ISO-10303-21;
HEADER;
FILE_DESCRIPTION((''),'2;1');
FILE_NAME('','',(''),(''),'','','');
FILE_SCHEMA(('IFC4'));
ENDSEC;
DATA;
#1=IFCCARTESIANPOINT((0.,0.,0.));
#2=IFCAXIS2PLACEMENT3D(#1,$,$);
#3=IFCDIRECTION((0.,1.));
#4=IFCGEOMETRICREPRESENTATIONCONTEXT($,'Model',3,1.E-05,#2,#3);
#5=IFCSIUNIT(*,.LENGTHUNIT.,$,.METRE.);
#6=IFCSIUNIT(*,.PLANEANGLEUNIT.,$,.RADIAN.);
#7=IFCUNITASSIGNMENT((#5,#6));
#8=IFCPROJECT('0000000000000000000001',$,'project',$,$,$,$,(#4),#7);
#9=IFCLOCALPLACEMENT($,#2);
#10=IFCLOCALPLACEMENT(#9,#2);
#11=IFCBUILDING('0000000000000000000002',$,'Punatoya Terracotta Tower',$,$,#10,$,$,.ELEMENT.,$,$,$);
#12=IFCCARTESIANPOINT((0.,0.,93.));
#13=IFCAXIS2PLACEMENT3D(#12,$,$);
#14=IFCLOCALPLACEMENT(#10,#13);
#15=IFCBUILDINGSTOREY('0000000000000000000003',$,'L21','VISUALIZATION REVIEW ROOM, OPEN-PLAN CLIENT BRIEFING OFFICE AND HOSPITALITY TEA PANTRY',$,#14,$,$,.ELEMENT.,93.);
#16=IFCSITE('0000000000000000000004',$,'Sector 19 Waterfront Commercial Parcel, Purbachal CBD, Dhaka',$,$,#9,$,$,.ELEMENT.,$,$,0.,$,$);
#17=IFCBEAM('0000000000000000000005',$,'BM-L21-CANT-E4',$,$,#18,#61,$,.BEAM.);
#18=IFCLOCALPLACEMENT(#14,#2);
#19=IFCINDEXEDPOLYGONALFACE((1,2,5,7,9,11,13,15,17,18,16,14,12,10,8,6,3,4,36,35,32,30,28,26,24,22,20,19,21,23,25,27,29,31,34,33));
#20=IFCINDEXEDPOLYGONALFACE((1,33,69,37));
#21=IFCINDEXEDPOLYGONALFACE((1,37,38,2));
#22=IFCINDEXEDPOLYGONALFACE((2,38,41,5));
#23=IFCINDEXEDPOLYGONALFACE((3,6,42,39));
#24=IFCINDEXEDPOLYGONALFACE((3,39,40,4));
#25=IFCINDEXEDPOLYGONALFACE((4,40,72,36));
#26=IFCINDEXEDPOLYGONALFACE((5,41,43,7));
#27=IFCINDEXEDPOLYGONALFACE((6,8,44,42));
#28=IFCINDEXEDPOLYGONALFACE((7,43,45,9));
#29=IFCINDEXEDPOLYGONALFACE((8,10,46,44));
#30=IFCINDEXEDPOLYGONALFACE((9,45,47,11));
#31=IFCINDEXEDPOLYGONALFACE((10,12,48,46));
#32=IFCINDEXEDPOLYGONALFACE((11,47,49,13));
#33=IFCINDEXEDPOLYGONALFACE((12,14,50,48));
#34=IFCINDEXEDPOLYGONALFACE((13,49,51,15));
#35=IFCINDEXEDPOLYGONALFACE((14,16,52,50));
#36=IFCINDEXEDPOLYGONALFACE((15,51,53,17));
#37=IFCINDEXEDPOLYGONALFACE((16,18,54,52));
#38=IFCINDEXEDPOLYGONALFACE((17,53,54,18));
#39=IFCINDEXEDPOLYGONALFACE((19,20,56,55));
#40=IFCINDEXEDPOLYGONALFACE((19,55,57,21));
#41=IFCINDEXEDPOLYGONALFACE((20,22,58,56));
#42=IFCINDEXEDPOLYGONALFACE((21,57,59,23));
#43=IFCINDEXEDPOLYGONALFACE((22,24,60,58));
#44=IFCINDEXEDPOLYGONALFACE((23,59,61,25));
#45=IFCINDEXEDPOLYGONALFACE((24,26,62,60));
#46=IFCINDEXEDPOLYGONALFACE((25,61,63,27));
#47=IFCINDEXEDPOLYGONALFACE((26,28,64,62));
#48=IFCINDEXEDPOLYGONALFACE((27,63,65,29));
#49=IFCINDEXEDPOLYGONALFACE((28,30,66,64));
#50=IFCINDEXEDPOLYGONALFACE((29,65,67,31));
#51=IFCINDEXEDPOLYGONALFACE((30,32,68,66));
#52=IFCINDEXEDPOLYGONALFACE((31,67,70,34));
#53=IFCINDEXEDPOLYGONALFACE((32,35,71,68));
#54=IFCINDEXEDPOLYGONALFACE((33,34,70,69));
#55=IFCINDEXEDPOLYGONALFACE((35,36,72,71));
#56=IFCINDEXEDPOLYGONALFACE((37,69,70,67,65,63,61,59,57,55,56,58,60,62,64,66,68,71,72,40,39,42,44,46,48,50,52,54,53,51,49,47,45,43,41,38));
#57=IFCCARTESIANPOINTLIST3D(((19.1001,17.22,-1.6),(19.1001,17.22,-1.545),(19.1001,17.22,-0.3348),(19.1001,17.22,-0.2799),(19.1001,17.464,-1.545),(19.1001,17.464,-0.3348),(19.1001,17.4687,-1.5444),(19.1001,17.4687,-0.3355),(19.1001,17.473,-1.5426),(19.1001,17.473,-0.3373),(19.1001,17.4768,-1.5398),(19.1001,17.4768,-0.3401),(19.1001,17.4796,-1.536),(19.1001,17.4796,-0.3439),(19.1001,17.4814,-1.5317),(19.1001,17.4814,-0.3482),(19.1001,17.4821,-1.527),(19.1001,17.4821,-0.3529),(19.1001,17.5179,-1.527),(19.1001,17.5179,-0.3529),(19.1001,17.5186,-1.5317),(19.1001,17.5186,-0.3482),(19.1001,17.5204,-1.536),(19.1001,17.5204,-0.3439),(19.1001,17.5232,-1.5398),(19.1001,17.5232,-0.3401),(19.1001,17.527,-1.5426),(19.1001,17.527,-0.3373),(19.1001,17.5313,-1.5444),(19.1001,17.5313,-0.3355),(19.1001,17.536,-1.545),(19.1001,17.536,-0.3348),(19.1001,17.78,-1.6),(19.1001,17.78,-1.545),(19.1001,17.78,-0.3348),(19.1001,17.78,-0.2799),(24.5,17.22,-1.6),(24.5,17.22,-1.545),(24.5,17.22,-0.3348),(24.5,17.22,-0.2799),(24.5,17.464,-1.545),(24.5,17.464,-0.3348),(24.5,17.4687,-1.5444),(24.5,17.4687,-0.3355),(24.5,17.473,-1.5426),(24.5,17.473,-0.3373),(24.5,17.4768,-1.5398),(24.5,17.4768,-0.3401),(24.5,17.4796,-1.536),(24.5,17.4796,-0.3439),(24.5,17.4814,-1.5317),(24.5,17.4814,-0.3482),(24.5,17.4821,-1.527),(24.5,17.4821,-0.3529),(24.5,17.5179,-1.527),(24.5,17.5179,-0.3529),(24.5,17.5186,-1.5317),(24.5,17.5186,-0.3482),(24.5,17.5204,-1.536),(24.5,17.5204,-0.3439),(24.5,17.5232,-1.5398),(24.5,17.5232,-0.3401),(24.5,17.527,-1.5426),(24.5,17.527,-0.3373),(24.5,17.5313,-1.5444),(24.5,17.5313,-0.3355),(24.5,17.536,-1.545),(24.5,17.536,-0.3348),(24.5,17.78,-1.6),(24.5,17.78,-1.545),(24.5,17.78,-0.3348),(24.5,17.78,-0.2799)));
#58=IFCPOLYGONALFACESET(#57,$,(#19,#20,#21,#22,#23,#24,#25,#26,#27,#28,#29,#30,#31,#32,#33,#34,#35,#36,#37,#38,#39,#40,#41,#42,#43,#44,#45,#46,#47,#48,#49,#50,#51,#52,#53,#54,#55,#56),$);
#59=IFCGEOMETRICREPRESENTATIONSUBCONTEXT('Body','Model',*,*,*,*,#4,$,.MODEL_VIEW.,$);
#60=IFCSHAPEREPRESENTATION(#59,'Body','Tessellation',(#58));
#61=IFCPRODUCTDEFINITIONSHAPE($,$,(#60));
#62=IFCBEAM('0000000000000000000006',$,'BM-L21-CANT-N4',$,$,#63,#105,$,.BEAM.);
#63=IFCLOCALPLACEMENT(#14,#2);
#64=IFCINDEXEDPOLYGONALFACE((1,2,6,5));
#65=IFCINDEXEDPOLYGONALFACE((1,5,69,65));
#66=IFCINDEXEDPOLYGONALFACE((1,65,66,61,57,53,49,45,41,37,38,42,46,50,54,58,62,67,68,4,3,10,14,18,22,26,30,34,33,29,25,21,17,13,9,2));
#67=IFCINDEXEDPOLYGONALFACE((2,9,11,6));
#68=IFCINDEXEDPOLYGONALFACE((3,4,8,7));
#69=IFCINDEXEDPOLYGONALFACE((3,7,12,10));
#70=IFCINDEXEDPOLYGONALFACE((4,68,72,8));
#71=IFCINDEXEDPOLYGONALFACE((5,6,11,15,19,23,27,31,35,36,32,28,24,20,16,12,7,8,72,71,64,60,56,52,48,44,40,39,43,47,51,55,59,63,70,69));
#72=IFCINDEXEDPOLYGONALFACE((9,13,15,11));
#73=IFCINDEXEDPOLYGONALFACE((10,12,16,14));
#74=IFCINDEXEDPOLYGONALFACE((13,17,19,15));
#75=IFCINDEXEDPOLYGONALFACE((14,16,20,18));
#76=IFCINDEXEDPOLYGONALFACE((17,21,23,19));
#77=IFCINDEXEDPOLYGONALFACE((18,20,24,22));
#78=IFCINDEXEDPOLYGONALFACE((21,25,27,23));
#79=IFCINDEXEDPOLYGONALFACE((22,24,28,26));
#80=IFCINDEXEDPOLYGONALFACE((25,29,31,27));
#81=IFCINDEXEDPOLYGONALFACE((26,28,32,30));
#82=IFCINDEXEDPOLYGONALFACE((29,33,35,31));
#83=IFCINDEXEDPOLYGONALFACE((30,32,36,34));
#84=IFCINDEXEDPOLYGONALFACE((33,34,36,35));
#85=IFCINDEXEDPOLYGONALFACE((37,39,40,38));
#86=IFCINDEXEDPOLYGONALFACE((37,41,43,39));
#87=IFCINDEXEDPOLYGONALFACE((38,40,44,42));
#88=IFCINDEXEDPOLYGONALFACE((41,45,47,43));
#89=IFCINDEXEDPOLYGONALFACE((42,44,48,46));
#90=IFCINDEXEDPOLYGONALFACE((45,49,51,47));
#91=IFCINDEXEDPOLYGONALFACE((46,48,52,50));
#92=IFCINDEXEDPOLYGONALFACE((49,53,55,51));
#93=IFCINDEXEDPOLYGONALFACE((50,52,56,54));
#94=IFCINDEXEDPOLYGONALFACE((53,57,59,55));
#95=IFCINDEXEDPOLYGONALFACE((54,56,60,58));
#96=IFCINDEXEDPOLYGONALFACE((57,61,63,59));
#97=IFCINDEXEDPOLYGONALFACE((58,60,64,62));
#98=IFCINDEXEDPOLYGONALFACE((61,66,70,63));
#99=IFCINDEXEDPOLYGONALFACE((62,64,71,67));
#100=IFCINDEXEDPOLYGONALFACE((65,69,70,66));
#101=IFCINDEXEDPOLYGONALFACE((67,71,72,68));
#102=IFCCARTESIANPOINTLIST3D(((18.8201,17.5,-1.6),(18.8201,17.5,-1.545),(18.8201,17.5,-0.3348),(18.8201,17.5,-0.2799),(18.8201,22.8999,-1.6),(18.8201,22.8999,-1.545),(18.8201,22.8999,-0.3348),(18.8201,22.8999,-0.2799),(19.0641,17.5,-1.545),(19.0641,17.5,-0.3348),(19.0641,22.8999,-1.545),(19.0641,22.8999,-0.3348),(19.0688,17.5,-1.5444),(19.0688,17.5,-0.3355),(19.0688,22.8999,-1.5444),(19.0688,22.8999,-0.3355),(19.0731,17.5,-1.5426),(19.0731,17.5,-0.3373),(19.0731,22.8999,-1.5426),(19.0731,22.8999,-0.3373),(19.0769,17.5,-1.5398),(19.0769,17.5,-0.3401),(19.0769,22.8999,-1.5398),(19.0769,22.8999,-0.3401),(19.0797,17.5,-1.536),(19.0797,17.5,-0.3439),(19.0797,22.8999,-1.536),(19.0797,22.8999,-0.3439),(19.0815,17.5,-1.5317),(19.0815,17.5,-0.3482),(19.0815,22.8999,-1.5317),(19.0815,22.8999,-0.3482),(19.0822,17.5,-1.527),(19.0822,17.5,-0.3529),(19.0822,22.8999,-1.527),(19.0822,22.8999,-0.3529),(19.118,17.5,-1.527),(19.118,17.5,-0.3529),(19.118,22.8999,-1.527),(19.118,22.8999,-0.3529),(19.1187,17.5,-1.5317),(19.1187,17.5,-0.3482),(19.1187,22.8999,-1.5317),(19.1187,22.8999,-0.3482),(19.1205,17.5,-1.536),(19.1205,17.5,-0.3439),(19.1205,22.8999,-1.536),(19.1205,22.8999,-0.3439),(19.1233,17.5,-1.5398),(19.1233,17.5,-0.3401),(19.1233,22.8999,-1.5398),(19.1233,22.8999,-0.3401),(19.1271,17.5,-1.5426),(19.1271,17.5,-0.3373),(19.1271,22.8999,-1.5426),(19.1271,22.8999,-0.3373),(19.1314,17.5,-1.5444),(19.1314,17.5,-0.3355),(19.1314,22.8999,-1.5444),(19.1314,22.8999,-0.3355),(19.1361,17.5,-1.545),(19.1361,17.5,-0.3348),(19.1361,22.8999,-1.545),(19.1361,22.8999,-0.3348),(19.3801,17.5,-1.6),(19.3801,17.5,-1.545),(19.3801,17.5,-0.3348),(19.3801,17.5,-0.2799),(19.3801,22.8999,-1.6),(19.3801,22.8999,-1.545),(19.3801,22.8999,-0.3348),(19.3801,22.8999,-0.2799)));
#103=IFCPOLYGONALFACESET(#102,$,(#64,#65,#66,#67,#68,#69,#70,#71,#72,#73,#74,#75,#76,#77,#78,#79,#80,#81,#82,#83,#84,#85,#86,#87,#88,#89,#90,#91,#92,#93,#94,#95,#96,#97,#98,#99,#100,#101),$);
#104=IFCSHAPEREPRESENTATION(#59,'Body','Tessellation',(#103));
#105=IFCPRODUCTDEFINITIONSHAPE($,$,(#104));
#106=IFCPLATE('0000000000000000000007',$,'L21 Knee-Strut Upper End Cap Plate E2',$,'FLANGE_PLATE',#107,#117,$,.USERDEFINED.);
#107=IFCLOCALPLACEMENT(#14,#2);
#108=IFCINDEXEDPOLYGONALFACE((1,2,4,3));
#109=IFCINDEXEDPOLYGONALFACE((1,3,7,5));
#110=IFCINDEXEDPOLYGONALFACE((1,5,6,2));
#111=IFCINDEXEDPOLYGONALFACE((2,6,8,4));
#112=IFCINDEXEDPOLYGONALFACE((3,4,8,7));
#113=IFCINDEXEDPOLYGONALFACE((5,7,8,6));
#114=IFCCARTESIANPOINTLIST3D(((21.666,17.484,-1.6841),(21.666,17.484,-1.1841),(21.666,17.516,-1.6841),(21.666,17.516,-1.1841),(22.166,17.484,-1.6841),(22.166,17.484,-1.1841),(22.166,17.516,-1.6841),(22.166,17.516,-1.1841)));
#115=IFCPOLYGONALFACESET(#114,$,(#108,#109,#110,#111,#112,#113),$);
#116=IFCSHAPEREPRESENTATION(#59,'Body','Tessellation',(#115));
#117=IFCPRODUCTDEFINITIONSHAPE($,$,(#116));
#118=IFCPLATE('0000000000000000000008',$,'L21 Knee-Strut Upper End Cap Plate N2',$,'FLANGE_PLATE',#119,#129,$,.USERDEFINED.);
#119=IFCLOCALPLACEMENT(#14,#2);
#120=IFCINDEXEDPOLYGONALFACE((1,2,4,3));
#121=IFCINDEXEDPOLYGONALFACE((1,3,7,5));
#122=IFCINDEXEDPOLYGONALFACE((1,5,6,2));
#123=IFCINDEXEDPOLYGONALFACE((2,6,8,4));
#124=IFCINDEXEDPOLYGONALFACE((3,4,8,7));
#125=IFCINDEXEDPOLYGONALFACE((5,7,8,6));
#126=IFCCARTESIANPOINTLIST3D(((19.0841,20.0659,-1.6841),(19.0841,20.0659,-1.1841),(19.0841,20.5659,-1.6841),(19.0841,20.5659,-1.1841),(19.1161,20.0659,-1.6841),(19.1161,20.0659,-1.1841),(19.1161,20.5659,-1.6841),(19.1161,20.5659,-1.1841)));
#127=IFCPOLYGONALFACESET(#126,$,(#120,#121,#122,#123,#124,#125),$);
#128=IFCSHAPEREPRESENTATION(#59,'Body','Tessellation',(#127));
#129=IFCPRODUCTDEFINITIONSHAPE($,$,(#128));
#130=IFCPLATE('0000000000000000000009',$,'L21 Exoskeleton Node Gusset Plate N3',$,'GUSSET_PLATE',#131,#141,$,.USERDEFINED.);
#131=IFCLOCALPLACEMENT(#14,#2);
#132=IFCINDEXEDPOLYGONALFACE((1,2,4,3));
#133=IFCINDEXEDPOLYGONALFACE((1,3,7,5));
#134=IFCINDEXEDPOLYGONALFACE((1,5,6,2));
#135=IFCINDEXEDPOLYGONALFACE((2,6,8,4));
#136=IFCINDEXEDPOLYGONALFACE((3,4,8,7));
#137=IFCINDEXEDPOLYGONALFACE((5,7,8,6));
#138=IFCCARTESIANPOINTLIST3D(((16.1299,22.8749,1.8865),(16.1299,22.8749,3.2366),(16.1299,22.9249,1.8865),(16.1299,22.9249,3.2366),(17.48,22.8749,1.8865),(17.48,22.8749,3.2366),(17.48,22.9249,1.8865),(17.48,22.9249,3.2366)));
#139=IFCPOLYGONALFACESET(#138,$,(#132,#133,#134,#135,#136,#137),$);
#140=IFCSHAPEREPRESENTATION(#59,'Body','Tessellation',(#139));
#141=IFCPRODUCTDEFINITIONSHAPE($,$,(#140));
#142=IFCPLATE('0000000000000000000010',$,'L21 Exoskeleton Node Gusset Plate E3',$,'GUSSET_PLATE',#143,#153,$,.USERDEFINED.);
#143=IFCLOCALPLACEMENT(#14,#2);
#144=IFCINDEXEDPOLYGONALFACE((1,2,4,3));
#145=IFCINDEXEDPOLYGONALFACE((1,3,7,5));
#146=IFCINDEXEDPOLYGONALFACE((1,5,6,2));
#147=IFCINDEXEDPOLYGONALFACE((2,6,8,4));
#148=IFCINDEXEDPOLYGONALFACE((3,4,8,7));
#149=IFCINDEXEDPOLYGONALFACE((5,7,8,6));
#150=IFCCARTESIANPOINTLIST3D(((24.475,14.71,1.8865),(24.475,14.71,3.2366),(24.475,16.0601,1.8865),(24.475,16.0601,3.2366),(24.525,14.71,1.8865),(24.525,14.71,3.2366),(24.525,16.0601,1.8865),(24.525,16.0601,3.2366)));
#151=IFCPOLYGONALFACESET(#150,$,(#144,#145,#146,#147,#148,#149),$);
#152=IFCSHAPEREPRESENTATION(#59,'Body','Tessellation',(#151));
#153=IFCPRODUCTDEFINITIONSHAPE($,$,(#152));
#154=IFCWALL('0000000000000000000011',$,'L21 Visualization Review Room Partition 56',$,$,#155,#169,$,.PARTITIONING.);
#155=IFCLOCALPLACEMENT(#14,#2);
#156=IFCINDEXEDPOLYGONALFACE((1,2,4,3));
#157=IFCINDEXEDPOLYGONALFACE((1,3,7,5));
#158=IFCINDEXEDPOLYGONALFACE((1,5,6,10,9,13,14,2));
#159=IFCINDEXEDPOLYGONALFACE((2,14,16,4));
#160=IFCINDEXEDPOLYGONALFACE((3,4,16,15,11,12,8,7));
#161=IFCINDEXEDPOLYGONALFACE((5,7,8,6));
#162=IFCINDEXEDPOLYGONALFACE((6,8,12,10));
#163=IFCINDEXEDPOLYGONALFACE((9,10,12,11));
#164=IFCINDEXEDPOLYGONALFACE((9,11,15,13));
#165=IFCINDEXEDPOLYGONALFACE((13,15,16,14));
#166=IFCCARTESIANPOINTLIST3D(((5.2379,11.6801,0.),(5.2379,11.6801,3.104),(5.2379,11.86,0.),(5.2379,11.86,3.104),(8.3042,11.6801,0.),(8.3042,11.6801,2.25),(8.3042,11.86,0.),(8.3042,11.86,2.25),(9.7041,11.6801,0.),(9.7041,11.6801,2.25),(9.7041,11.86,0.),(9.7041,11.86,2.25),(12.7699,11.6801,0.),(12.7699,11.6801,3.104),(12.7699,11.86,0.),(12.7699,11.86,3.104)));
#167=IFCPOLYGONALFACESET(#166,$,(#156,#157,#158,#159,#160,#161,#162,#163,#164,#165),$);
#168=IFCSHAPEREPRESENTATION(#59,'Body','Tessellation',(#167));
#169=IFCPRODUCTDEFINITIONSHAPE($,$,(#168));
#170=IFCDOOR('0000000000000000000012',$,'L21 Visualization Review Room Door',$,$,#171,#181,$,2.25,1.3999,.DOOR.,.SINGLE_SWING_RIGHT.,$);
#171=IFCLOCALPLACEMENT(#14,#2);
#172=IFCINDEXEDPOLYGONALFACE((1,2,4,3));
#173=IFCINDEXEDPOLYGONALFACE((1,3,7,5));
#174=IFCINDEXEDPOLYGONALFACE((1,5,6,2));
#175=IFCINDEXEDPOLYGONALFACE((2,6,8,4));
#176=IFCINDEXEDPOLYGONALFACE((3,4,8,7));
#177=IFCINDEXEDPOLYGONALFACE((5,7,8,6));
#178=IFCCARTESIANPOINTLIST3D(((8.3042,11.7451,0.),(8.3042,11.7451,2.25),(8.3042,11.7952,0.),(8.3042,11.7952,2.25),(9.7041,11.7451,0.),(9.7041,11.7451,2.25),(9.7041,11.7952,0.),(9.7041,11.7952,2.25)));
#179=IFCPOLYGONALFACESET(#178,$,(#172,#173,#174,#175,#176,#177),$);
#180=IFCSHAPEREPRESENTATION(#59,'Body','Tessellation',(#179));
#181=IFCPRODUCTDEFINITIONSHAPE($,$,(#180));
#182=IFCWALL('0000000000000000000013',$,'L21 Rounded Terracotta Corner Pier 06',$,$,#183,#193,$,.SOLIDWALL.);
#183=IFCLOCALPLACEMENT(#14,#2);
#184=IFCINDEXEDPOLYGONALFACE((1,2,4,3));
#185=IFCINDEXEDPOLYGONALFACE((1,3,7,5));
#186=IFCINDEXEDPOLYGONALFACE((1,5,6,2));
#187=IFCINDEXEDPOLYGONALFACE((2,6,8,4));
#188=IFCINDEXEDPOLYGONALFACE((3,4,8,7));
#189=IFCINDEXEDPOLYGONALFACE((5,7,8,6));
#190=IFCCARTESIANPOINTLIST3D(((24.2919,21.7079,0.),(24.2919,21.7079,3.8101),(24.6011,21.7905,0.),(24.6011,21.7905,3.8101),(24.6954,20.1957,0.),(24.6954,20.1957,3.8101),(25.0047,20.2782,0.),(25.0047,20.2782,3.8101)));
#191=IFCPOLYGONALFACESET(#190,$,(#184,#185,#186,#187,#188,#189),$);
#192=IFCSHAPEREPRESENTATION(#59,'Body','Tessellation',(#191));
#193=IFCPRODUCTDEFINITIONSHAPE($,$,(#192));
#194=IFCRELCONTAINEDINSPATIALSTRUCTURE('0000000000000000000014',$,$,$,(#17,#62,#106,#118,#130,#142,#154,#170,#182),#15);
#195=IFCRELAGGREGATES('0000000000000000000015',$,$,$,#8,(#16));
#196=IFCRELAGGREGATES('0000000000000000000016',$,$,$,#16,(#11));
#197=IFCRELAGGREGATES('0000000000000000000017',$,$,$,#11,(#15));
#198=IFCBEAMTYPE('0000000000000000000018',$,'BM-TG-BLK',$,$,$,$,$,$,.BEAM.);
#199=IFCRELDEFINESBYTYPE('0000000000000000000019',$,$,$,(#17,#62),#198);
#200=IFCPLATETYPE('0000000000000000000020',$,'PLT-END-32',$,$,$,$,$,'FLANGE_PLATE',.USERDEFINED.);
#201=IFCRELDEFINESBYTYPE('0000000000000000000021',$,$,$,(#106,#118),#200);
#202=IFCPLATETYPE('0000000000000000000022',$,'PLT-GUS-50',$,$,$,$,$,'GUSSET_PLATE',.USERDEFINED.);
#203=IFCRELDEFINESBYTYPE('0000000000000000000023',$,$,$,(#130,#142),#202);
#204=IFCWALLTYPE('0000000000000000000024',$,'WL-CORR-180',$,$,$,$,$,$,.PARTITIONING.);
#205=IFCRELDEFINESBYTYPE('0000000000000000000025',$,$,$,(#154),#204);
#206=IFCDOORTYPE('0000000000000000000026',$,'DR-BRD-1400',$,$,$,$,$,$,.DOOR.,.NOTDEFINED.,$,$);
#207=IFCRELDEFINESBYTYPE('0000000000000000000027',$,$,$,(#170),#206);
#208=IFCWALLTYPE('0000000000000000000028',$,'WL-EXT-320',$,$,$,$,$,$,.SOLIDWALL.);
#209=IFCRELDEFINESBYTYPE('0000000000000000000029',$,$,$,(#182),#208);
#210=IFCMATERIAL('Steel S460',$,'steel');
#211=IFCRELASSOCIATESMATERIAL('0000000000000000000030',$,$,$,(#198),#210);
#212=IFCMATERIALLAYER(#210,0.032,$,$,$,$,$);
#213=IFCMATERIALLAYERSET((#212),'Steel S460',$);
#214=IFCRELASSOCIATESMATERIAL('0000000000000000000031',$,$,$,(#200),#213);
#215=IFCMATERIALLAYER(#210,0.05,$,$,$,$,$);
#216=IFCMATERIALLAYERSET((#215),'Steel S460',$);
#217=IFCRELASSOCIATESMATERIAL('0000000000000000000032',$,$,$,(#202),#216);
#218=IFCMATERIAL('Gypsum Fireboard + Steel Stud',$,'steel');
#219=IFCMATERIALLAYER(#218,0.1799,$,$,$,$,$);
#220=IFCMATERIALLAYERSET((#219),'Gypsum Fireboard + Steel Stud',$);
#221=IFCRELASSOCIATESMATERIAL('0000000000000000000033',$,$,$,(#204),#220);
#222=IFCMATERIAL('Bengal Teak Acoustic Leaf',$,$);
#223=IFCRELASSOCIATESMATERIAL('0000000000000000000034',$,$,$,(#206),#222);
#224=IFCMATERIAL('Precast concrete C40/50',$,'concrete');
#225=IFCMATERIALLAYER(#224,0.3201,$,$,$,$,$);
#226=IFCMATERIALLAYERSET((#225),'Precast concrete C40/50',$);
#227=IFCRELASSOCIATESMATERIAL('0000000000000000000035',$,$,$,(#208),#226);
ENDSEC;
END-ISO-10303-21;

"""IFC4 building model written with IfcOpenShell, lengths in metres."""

from ifc_helpers import new_model, si_unit, direction, frame, frame_2d, origin, origin_2d, place, context, subcontext, project, spatial, rectangle, i_section, extrude, material, layer, layer_set, material_profile, profile_set, type_object, element, fill, save


model = new_model("IFC4")

# Units and contexts
model_context = context("Model", 3, precision=1e-05, world=origin(), true_north=direction((0.0, 1.0)))
body_context = subcontext(model_context, "Body", "Model", "MODEL_VIEW")
ifc_project = project(units=[si_unit("LENGTHUNIT", "METRE"), si_unit("PLANEANGLEUNIT", "RADIAN")], contexts=[model_context])

# Site, building, storey
site_placement = place(None, origin())
site = spatial("IfcSite", under=ifc_project, at=site_placement, Name="Sector 19 Waterfront Commercial Parcel, Purbachal CBD, Dhaka", CompositionType="ELEMENT", RefElevation=0.0)
building_placement = place(site_placement, origin())
building = spatial("IfcBuilding", under=site, at=building_placement, Name="Punatoya Terracotta Tower", CompositionType="ELEMENT")
storey_placement = place(building_placement, frame((0.0, 0.0, 93.0)))
storey = spatial("IfcBuildingStorey", under=building, at=storey_placement, Name="L21", Description="VISUALIZATION REVIEW ROOM, OPEN-PLAN CLIENT BRIEFING OFFICE AND HOSPITALITY TEA PANTRY", CompositionType="ELEMENT", Elevation=93.0)

# Shared definitions
ifc_material_1 = material(Name="Steel S460", Category="steel")

# Beams
ifc_material_profile_1 = material_profile(ifc_material_1, i_section(OverallWidth=0.5601, OverallDepth=1.3201, WebThickness=0.0359, FlangeThickness=0.0549, FilletRadius=0.0181, at=origin_2d()))
ifc_profile_set_1 = profile_set([ifc_material_profile_1], Name="Steel S460")
beam_type_1 = type_object("IfcBeamType", Name="BM-TG-BLK", PredefinedType="BEAM", material=ifc_profile_set_1)
for number, where, z_axis, x_axis, name in (
    (1, (19.1001, 17.5, -0.9399), (1.0, 0.0, 0.0), (0.0, 1.0, 0.0), "BM-L21-CANT-E4"),
    (2, (19.1001, 17.5, -0.9399), (0.0, 1.0, 0.0), (-1.0, 0.0, 0.0), "BM-L21-CANT-N4"),
):
    element("IfcBeam", number, at=place(storey_placement, frame(where, z_axis=z_axis, x_axis=x_axis)), inside=storey, type_object=beam_type_1, Name=name, PredefinedType="BEAM", context=body_context, shape_type="SweptSolid", body=[
        extrude(i_section(OverallWidth=0.5601, OverallDepth=1.3201, WebThickness=0.0359, FlangeThickness=0.0549, FilletRadius=0.0181, at=origin_2d()), origin(), (0.0, 0.0, 1.0), 5.3999),
    ])

# Plates
ifc_layer_1 = layer(ifc_material_1, 0.032)
ifc_layer_set_1 = layer_set([ifc_layer_1], Name="Steel S460")
plate_type_1 = type_object("IfcPlateType", Name="PLT-END-32", ElementType="FLANGE_PLATE", PredefinedType="USERDEFINED", material=ifc_layer_set_1)
for number, where, z_axis, x_axis, name in (
    (3, (21.916, 17.5, -1.6841), (0.0, 0.0, 1.0), (1.0, 0.0, 0.0), "L21 Knee-Strut Upper End Cap Plate E2"),
    (4, (19.1001, 20.3159, -1.6841), (0.0, 0.0, 1.0), (0.0, 1.0, 0.0), "L21 Knee-Strut Upper End Cap Plate N2"),
):
    element("IfcPlate", number, at=place(storey_placement, frame(where, z_axis=z_axis, x_axis=x_axis)), inside=storey, type_object=plate_type_1, Name=name, ObjectType="FLANGE_PLATE", PredefinedType="USERDEFINED", context=body_context, shape_type="SweptSolid", body=[
        extrude(rectangle(XDim=0.5, YDim=0.032, at=origin_2d()), origin(), (0.0, 0.0, 1.0), 0.5),
    ])
ifc_layer_2 = layer(ifc_material_1, 0.05)
ifc_layer_set_2 = layer_set([ifc_layer_2], Name="Steel S460")
plate_type_2 = type_object("IfcPlateType", Name="PLT-GUS-50", ElementType="GUSSET_PLATE", PredefinedType="USERDEFINED", material=ifc_layer_set_2)
for number, where, z_axis, x_axis, name in (
    (5, (16.8049, 22.8999, 1.8865), (0.0, 0.0, 1.0), (1.0, 0.0, 0.0), "L21 Exoskeleton Node Gusset Plate N3"),
    (6, (24.5, 15.385, 1.8865), (0.0, 0.0, 1.0), (0.0, 1.0, 0.0), "L21 Exoskeleton Node Gusset Plate E3"),
):
    element("IfcPlate", number, at=place(storey_placement, frame(where, z_axis=z_axis, x_axis=x_axis)), inside=storey, type_object=plate_type_2, Name=name, ObjectType="GUSSET_PLATE", PredefinedType="USERDEFINED", context=body_context, shape_type="SweptSolid", body=[
        extrude(rectangle(XDim=1.3501, YDim=0.05, at=origin_2d()), origin(), (0.0, 0.0, 1.0), 1.3501),
    ])

# Wall, opening, door
ifc_material_2 = material(Name="Gypsum Fireboard + Steel Stud", Category="steel")
ifc_layer_3 = layer(ifc_material_2, 0.1799)
ifc_layer_set_3 = layer_set([ifc_layer_3], Name="Gypsum Fireboard + Steel Stud")
wall_type_1 = type_object("IfcWallType", Name="WL-CORR-180", PredefinedType="PARTITIONING", material=ifc_layer_set_3)
wall_1_placement = place(storey_placement, frame((12.77, 11.77, 0.0), z_axis=(0.0, 0.0, 1.0), x_axis=(-1.0, 0.0, 0.0)))
wall_1 = element("IfcWall", 7, at=wall_1_placement, inside=storey, type_object=wall_type_1, Name="L21 Visualization Review Room Partition 56", PredefinedType="PARTITIONING", context=body_context, shape_type="SweptSolid", body=[
    extrude(rectangle(XDim=7.532, YDim=0.1799, at=frame_2d((3.7661, 0.0))), origin(), (0.0, 0.0, 1.0), 3.104),
])
opening_placement = place(wall_1_placement, frame((3.0659, 0.0, 0.0)))
opening = element("IfcOpeningElement", 8, at=opening_placement, cuts=wall_1, PredefinedType="OPENING", context=body_context, shape_type="SweptSolid", body=[
    extrude(rectangle(XDim=1.3999, YDim=2.25, at=frame_2d((0.7, 1.125))), frame((0.0, 0.0999, 0.0), z_axis=(0.0, -1.0, 0.0), x_axis=(1.0, 0.0, 0.0)), (0.0, 0.0, 1.0), 0.2),
])
ifc_material_3 = material(Name="Bengal Teak Acoustic Leaf")
door_type = type_object("IfcDoorType", Name="DR-BRD-1400", OperationType="NOTDEFINED", PredefinedType="DOOR", material=ifc_material_3)
door_placement = place(opening_placement, origin())
door = element("IfcDoor", 9, at=door_placement, inside=storey, type_object=door_type, Name="L21 Visualization Review Room Door", OperationType="SINGLE_SWING_RIGHT", OverallHeight=2.25, OverallWidth=1.3999, PredefinedType="DOOR", context=body_context, shape_type="SweptSolid", body=[
    extrude(rectangle(XDim=1.3999, YDim=2.25, at=frame_2d((0.7, 1.125))), frame((0.0, 0.0249, 0.0), z_axis=(0.0, -1.0, 0.0), x_axis=(1.0, 0.0, 0.0)), (0.0, 0.0, 1.0), 0.05),
])
fill(opening, door)

# Wall
ifc_material_4 = material(Name="Precast concrete C40/50", Category="concrete")
ifc_layer_4 = layer(ifc_material_4, 0.3201)
ifc_layer_set_4 = layer_set([ifc_layer_4], Name="Precast concrete C40/50")
wall_type_2 = type_object("IfcWallType", Name="WL-EXT-320", PredefinedType="SOLIDWALL", material=ifc_layer_set_4)
wall_2_placement = place(storey_placement, frame((24.8501, 20.2368, 0.0), z_axis=(0.0, 0.0, 1.0), x_axis=(-0.257847, 0.966186, 0.0)))
element("IfcWall", 10, at=wall_2_placement, inside=storey, type_object=wall_type_2, Name="L21 Rounded Terracotta Corner Pier 06", PredefinedType="SOLIDWALL", context=body_context, shape_type="SweptSolid", body=[
    extrude(rectangle(XDim=1.5652, YDim=0.3201, at=frame_2d((0.7827, 0.0))), origin(), (0.0, 0.0, 1.0), 3.8101),
])

save(model, "model.ifc")
